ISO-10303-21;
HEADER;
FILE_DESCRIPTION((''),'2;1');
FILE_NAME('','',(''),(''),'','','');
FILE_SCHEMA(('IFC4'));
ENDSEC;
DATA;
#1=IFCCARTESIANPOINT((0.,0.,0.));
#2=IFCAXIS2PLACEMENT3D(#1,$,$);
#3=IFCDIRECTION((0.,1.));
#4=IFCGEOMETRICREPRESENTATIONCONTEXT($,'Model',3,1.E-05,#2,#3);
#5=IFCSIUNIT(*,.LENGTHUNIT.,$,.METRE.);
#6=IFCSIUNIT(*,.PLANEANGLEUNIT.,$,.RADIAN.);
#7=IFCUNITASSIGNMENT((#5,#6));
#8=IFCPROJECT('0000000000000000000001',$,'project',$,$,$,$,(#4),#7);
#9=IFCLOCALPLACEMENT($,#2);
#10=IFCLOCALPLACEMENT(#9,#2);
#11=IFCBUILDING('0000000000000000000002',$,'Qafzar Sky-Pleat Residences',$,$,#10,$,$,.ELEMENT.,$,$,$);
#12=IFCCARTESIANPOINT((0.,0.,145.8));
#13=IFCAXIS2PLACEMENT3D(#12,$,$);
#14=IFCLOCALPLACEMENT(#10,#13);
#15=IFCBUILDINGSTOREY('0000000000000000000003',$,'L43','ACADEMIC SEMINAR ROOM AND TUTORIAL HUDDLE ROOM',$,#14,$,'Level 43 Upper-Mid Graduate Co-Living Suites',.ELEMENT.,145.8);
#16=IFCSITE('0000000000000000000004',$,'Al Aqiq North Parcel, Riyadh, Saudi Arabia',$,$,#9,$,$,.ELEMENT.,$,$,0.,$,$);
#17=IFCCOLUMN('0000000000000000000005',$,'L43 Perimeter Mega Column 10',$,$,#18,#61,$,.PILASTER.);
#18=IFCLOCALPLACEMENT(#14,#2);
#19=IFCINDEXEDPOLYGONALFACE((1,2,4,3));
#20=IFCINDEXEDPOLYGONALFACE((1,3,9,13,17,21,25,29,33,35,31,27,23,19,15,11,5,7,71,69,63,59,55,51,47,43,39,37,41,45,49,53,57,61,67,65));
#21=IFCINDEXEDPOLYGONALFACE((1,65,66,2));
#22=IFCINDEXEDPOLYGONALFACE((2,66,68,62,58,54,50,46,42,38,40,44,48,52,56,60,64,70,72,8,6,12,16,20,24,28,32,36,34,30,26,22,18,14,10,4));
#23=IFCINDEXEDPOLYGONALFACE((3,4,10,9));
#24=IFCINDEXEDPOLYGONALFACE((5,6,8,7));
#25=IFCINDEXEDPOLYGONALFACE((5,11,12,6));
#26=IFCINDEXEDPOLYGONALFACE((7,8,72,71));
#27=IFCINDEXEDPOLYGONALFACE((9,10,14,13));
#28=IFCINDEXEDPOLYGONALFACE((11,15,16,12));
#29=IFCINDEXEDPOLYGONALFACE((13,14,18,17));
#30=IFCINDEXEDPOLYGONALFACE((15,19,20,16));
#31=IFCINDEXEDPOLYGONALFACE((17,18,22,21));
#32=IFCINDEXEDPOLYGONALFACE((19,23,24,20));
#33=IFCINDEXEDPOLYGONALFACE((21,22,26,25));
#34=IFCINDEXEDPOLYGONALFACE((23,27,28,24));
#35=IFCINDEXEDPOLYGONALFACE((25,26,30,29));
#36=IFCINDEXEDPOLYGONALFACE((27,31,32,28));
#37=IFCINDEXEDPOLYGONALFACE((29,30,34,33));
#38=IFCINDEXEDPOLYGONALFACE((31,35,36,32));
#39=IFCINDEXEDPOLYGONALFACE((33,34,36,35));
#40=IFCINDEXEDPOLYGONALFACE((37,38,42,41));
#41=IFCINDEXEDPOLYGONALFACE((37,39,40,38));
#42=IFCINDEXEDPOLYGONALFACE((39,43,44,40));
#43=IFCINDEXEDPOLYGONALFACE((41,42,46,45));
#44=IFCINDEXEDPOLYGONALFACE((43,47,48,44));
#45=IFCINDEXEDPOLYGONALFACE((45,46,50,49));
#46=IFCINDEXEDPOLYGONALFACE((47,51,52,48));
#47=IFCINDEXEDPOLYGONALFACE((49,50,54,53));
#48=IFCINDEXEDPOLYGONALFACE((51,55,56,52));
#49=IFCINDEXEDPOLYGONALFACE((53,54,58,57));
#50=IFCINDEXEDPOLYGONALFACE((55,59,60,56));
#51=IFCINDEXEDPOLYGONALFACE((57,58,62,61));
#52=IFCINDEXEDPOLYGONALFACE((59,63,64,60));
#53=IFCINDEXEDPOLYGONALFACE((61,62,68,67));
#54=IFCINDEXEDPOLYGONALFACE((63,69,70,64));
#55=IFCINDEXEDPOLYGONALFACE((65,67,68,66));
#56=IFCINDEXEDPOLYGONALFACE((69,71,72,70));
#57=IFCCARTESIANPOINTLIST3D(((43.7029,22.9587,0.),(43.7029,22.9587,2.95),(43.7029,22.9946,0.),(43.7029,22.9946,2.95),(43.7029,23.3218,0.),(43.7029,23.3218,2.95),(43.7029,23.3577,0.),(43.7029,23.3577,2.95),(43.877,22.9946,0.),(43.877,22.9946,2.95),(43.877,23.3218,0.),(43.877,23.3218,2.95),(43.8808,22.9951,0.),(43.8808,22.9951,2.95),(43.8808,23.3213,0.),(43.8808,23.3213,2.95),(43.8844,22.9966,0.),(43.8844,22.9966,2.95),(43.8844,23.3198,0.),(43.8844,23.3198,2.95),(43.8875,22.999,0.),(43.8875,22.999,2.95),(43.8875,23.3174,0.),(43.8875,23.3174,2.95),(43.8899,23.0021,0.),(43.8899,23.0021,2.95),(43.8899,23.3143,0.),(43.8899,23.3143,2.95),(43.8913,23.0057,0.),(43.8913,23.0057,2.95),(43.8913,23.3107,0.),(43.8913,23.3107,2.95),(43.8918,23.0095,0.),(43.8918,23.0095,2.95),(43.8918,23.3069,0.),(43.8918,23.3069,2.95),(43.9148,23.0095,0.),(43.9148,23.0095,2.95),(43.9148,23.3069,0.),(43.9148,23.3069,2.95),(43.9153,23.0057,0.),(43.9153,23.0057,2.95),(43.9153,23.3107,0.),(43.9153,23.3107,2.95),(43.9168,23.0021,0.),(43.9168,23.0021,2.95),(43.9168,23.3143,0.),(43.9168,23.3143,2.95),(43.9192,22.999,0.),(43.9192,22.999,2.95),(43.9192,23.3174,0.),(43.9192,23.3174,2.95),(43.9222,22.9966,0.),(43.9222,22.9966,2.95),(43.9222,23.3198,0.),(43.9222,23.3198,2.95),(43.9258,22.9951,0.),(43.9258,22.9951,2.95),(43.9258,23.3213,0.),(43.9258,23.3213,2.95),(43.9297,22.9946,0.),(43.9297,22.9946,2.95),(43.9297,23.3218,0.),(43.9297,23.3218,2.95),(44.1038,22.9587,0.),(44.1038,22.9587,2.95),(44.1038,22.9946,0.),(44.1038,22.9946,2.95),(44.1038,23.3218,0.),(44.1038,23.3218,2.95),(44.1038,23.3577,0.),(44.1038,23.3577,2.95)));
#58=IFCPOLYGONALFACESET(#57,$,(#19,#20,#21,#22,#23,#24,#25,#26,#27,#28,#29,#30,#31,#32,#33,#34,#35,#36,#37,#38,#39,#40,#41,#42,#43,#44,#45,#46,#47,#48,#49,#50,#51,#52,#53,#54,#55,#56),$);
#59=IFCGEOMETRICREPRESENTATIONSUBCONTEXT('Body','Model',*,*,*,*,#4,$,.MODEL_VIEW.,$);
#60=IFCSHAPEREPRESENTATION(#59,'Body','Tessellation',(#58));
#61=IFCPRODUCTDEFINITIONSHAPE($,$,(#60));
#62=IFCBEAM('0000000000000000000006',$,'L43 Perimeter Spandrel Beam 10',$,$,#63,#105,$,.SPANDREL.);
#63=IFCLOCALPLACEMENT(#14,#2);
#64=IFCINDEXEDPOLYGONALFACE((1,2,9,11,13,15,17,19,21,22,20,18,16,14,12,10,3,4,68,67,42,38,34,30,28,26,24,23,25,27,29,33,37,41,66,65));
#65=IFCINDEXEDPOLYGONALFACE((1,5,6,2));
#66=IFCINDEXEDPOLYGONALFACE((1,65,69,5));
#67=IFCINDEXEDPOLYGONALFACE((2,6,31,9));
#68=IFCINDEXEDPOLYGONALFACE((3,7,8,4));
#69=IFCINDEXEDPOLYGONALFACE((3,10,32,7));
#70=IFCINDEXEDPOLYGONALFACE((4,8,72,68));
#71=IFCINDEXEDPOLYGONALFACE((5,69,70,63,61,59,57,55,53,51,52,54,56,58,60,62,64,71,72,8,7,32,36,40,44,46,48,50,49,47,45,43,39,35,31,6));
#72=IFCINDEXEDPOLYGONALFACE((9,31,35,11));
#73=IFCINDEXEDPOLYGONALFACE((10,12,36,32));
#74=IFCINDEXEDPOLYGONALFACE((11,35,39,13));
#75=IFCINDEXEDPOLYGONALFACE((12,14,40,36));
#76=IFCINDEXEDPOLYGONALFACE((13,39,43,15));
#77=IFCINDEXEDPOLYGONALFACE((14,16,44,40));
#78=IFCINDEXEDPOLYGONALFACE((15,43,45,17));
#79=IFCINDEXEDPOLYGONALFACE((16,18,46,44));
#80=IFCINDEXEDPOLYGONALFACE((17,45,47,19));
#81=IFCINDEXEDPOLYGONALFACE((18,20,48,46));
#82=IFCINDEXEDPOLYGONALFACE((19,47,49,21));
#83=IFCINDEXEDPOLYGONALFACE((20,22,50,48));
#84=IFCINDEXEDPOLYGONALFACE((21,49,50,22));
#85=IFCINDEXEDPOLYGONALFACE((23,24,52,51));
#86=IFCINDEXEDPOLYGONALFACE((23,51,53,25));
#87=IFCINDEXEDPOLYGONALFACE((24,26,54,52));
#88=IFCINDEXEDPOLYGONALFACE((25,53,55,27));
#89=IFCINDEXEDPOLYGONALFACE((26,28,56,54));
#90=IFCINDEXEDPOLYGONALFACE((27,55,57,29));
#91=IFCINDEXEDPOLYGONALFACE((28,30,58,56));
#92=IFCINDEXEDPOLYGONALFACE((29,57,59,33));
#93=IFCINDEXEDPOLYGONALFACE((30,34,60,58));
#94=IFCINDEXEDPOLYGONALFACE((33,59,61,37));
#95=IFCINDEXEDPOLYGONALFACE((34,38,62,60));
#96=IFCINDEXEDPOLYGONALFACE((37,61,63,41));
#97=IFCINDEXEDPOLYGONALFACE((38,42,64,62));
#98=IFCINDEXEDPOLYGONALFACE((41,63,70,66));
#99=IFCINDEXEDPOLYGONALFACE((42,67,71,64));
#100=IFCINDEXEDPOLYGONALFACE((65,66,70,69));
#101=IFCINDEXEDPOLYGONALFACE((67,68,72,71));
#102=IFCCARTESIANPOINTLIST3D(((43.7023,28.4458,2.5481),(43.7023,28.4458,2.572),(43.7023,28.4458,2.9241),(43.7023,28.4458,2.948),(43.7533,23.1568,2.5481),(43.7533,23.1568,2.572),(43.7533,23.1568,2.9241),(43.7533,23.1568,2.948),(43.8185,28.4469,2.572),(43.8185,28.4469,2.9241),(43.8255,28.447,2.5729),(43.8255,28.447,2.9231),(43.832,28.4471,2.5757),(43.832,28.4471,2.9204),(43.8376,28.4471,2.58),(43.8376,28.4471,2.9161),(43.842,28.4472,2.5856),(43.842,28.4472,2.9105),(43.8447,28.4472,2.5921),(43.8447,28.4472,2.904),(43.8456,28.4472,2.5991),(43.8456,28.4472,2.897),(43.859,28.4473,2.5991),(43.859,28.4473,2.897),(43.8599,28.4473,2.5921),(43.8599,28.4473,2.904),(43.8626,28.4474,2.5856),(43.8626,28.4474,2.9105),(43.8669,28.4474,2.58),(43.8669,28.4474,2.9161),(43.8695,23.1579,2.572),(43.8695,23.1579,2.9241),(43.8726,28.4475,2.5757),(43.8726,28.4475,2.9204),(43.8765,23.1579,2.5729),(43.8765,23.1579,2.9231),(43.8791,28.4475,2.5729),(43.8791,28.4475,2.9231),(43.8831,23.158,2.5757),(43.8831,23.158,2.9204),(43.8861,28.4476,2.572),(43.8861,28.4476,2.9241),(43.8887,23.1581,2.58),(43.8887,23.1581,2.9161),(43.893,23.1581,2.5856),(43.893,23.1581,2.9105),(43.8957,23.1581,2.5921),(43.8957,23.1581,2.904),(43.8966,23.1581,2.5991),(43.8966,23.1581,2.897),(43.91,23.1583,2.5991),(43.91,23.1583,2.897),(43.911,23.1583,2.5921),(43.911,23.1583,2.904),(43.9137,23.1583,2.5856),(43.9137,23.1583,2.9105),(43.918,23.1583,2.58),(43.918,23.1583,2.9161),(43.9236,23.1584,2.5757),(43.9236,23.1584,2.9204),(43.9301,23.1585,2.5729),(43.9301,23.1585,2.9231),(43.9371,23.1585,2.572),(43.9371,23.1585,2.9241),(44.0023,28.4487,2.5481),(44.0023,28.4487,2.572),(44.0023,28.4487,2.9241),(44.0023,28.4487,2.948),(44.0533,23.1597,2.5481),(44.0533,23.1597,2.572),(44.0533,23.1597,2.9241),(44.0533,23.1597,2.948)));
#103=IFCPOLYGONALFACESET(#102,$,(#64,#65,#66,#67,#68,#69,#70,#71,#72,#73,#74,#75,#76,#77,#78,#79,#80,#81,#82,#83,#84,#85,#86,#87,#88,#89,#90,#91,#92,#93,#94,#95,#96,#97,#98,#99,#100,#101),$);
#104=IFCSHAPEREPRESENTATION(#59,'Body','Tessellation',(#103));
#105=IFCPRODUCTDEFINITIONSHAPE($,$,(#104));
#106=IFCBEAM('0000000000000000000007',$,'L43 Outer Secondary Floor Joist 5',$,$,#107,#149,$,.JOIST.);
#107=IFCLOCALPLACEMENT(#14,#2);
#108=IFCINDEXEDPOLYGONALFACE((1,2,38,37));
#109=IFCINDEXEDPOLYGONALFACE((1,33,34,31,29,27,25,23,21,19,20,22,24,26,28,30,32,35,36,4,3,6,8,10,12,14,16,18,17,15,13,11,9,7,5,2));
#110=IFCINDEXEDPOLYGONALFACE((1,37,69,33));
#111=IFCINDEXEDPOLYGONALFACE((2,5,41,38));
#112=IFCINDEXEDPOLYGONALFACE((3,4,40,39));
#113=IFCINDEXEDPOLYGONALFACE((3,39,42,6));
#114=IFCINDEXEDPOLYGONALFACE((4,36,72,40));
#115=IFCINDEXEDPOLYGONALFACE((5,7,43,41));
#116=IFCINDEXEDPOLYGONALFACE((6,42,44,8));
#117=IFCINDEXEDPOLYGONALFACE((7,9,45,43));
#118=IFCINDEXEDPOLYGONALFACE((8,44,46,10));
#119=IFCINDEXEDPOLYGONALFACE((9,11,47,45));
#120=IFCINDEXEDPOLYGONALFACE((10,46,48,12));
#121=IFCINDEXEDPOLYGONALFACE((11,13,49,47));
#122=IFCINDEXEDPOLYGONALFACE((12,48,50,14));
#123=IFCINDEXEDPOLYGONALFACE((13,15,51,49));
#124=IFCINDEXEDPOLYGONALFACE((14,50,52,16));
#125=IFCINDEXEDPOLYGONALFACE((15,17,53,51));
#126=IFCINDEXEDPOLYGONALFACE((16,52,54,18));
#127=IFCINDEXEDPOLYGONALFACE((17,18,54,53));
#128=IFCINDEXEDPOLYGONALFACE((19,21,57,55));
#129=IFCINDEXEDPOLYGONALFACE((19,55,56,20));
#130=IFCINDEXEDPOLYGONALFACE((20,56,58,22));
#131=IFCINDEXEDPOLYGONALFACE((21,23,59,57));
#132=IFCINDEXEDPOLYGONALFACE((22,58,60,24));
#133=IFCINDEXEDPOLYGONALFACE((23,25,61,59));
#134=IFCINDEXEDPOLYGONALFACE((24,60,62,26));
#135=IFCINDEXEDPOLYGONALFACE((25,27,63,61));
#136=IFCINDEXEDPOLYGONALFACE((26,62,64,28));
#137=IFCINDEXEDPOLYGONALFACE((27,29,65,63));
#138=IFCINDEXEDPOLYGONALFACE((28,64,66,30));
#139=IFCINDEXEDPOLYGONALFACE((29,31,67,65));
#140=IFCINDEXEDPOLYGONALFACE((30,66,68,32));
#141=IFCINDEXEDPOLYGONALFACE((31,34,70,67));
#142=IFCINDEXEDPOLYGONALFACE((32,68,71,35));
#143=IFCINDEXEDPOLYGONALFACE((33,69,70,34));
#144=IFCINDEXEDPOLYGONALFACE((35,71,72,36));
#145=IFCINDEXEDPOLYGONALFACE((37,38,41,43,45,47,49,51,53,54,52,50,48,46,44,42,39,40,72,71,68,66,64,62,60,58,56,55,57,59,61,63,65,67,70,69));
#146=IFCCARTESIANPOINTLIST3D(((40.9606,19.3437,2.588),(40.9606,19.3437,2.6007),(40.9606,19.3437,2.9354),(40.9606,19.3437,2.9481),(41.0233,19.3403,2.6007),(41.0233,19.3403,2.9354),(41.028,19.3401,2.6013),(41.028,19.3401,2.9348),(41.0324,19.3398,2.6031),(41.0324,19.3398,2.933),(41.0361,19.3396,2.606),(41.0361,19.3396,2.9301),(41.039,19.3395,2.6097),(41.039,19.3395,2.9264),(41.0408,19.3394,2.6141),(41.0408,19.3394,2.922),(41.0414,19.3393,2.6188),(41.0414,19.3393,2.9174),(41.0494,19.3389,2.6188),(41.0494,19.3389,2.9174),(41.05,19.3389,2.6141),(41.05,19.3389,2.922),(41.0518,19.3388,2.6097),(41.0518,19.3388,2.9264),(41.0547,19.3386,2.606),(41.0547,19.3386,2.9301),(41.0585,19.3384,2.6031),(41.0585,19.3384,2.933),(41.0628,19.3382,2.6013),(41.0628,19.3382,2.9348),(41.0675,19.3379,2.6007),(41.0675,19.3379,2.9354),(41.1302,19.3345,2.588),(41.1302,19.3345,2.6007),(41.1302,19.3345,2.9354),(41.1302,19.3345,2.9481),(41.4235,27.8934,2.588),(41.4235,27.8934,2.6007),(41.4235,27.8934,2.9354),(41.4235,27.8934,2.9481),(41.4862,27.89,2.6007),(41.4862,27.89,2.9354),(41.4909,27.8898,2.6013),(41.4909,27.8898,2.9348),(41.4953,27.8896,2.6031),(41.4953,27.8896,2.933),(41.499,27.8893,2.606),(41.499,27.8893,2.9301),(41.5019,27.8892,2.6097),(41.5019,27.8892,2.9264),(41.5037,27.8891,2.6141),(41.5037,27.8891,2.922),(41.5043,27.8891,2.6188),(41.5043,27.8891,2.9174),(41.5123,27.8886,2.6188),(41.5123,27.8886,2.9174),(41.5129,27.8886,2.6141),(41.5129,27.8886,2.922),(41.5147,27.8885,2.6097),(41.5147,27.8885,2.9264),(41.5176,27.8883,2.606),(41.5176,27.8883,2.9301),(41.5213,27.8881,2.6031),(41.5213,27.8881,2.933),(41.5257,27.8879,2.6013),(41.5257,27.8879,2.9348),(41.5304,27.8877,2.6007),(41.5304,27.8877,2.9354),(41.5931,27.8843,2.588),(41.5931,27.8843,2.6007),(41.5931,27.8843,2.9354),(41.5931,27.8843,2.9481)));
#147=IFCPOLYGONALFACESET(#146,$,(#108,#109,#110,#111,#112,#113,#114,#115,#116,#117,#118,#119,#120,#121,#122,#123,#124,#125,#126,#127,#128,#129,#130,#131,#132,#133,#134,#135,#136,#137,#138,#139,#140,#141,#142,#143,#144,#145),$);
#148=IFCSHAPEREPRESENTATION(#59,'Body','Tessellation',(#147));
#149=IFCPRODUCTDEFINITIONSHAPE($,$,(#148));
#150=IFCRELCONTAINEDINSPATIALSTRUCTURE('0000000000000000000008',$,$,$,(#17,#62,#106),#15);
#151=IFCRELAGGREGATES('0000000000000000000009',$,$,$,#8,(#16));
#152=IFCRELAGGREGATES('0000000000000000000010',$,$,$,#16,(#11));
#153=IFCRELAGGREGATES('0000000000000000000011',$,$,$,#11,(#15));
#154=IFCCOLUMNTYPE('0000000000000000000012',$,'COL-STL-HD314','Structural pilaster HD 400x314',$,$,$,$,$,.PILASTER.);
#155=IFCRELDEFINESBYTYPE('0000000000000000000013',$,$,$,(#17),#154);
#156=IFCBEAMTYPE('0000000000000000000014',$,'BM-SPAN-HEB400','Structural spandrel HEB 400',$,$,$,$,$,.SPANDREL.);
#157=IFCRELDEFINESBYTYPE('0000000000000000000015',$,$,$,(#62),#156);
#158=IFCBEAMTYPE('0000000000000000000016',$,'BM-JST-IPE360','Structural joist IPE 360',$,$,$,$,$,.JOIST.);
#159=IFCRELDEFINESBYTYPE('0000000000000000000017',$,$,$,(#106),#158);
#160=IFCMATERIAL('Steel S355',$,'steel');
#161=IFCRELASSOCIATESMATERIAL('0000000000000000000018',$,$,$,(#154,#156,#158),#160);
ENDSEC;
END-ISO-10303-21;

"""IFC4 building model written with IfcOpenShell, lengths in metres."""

from ifc_helpers import new_model, si_unit, direction, frame, origin, origin_2d, place, context, subcontext, project, spatial, i_section, extrude, source, transform, mapped, material, material_profile, profile_set, type_object, element, save


model = new_model("IFC4")

# Units and contexts
model_context = context("Model", 3, precision=1e-05, world=origin(), true_north=direction((0.0, 1.0)))
body_context = subcontext(model_context, "Body", "Model", "MODEL_VIEW")
ifc_project = project(units=[si_unit("LENGTHUNIT", "METRE"), si_unit("PLANEANGLEUNIT", "RADIAN")], contexts=[model_context])

# Site, building, storey
site_placement = place(None, origin())
site = spatial("IfcSite", under=ifc_project, at=site_placement, Name="Al Aqiq North Parcel, Riyadh, Saudi Arabia", CompositionType="ELEMENT", RefElevation=0.0)
building_placement = place(site_placement, origin())
building = spatial("IfcBuilding", under=site, at=building_placement, Name="Qafzar Sky-Pleat Residences", CompositionType="ELEMENT")
storey_placement = place(building_placement, frame((0.0, 0.0, 145.8)))
storey = spatial("IfcBuildingStorey", under=building, at=storey_placement, Name="L43", Description="ACADEMIC SEMINAR ROOM AND TUTORIAL HUDDLE ROOM", LongName="Level 43 Upper-Mid Graduate Co-Living Suites", CompositionType="ELEMENT", Elevation=145.8)

# Column
ifc_material_1 = material(Name="Steel S355", Category="steel")
ifc_material_profile_1 = material_profile(ifc_material_1, i_section(OverallWidth=0.4009, OverallDepth=0.3989, WebThickness=0.0229, FlangeThickness=0.0359, FilletRadius=0.0149, at=origin_2d()), Name="HD 400x314")
ifc_profile_set_1 = profile_set([ifc_material_profile_1], Name="Steel S355")
column_type = type_object("IfcColumnType", Name="COL-STL-HD314", Description="Structural pilaster HD 400x314", PredefinedType="PILASTER", material=ifc_profile_set_1)
shared_shape_1 = source(origin(), body_context, "Body", "SweptSolid", [
    extrude(i_section(OverallWidth=0.4009, OverallDepth=0.3989, WebThickness=0.0229, FlangeThickness=0.0359, FilletRadius=0.0149, at=origin_2d()), origin(), (0.0, 0.0, 1.0), 2.95),
])
column_placement = place(storey_placement, frame((43.9033, 23.1582, 0.0), z_axis=(0.0, 0.0, 1.0), x_axis=(1.0, 0.0, 0.0)))
element("IfcColumn", 1, at=column_placement, inside=storey, type_object=column_type, Name="L43 Perimeter Mega Column 10", PredefinedType="PILASTER", context=body_context, shape_type="MappedRepresentation", body=[
    mapped(shared_shape_1, transform((0.0, 0.0, 0.0), x_axis=(1.0, 0.0, 0.0), y_axis=(0.0, 1.0, 0.0), z_axis=(0.0, 0.0, 1.0), scale=1.0)),
])

# Beams
ifc_material_profile_2 = material_profile(ifc_material_1, i_section(OverallWidth=0.3, OverallDepth=0.3999, WebThickness=0.0134, FlangeThickness=0.0239, FilletRadius=0.0271, at=origin_2d()), Name="HEB 400")
ifc_profile_set_2 = profile_set([ifc_material_profile_2], Name="Steel S355")
beam_type_1 = type_object("IfcBeamType", Name="BM-SPAN-HEB400", Description="Structural spandrel HEB 400", PredefinedType="SPANDREL", material=ifc_profile_set_2)
shared_shape_2 = source(origin(), body_context, "Body", "SweptSolid", [
    extrude(i_section(OverallWidth=0.3, OverallDepth=0.3999, WebThickness=0.0134, FlangeThickness=0.0239, FilletRadius=0.0271, at=origin_2d()), origin(), (0.0, 0.0, 1.0), 5.2893),
])
beam_1_placement = place(storey_placement, frame((43.9033, 23.1582, 2.748), z_axis=(-0.009647, 0.999953, 0.0), x_axis=(-0.999953, -0.009647, 0.0)))
element("IfcBeam", 2, at=beam_1_placement, inside=storey, type_object=beam_type_1, Name="L43 Perimeter Spandrel Beam 10", PredefinedType="SPANDREL", context=body_context, shape_type="MappedRepresentation", body=[
    mapped(shared_shape_2, transform((0.0, 0.0, 0.0), x_axis=(1.0, 0.0, 0.0), y_axis=(0.0, 1.0, 0.0), z_axis=(0.0, 0.0, 1.0), scale=1.0)),
])
ifc_material_profile_3 = material_profile(ifc_material_1, i_section(OverallWidth=0.1699, OverallDepth=0.3601, WebThickness=0.0081, FlangeThickness=0.0127, FilletRadius=0.0181, at=origin_2d()), Name="IPE 360")
ifc_profile_set_3 = profile_set([ifc_material_profile_3], Name="Steel S355")
beam_type_2 = type_object("IfcBeamType", Name="BM-JST-IPE360", Description="Structural joist IPE 360", PredefinedType="JOIST", material=ifc_profile_set_3)
shared_shape_3 = source(origin(), body_context, "Body", "SweptSolid", [
    extrude(i_section(OverallWidth=0.1699, OverallDepth=0.3601, WebThickness=0.0081, FlangeThickness=0.0127, FilletRadius=0.0181, at=origin_2d()), origin(), (0.0, 0.0, 1.0), 8.5623),
])
beam_2_placement = place(storey_placement, frame((41.0454, 19.3391, 2.7681), z_axis=(0.054061, 0.998538, 0.0), x_axis=(-0.998538, 0.054061, 0.0)))
element("IfcBeam", 3, at=beam_2_placement, inside=storey, type_object=beam_type_2, Name="L43 Outer Secondary Floor Joist 5", PredefinedType="JOIST", context=body_context, shape_type="MappedRepresentation", body=[
    mapped(shared_shape_3, transform((0.0, 0.0, 0.0), x_axis=(1.0, 0.0, 0.0), y_axis=(0.0, 1.0, 0.0), z_axis=(0.0, 0.0, 1.0), scale=1.0)),
])

save(model, "model.ifc")
